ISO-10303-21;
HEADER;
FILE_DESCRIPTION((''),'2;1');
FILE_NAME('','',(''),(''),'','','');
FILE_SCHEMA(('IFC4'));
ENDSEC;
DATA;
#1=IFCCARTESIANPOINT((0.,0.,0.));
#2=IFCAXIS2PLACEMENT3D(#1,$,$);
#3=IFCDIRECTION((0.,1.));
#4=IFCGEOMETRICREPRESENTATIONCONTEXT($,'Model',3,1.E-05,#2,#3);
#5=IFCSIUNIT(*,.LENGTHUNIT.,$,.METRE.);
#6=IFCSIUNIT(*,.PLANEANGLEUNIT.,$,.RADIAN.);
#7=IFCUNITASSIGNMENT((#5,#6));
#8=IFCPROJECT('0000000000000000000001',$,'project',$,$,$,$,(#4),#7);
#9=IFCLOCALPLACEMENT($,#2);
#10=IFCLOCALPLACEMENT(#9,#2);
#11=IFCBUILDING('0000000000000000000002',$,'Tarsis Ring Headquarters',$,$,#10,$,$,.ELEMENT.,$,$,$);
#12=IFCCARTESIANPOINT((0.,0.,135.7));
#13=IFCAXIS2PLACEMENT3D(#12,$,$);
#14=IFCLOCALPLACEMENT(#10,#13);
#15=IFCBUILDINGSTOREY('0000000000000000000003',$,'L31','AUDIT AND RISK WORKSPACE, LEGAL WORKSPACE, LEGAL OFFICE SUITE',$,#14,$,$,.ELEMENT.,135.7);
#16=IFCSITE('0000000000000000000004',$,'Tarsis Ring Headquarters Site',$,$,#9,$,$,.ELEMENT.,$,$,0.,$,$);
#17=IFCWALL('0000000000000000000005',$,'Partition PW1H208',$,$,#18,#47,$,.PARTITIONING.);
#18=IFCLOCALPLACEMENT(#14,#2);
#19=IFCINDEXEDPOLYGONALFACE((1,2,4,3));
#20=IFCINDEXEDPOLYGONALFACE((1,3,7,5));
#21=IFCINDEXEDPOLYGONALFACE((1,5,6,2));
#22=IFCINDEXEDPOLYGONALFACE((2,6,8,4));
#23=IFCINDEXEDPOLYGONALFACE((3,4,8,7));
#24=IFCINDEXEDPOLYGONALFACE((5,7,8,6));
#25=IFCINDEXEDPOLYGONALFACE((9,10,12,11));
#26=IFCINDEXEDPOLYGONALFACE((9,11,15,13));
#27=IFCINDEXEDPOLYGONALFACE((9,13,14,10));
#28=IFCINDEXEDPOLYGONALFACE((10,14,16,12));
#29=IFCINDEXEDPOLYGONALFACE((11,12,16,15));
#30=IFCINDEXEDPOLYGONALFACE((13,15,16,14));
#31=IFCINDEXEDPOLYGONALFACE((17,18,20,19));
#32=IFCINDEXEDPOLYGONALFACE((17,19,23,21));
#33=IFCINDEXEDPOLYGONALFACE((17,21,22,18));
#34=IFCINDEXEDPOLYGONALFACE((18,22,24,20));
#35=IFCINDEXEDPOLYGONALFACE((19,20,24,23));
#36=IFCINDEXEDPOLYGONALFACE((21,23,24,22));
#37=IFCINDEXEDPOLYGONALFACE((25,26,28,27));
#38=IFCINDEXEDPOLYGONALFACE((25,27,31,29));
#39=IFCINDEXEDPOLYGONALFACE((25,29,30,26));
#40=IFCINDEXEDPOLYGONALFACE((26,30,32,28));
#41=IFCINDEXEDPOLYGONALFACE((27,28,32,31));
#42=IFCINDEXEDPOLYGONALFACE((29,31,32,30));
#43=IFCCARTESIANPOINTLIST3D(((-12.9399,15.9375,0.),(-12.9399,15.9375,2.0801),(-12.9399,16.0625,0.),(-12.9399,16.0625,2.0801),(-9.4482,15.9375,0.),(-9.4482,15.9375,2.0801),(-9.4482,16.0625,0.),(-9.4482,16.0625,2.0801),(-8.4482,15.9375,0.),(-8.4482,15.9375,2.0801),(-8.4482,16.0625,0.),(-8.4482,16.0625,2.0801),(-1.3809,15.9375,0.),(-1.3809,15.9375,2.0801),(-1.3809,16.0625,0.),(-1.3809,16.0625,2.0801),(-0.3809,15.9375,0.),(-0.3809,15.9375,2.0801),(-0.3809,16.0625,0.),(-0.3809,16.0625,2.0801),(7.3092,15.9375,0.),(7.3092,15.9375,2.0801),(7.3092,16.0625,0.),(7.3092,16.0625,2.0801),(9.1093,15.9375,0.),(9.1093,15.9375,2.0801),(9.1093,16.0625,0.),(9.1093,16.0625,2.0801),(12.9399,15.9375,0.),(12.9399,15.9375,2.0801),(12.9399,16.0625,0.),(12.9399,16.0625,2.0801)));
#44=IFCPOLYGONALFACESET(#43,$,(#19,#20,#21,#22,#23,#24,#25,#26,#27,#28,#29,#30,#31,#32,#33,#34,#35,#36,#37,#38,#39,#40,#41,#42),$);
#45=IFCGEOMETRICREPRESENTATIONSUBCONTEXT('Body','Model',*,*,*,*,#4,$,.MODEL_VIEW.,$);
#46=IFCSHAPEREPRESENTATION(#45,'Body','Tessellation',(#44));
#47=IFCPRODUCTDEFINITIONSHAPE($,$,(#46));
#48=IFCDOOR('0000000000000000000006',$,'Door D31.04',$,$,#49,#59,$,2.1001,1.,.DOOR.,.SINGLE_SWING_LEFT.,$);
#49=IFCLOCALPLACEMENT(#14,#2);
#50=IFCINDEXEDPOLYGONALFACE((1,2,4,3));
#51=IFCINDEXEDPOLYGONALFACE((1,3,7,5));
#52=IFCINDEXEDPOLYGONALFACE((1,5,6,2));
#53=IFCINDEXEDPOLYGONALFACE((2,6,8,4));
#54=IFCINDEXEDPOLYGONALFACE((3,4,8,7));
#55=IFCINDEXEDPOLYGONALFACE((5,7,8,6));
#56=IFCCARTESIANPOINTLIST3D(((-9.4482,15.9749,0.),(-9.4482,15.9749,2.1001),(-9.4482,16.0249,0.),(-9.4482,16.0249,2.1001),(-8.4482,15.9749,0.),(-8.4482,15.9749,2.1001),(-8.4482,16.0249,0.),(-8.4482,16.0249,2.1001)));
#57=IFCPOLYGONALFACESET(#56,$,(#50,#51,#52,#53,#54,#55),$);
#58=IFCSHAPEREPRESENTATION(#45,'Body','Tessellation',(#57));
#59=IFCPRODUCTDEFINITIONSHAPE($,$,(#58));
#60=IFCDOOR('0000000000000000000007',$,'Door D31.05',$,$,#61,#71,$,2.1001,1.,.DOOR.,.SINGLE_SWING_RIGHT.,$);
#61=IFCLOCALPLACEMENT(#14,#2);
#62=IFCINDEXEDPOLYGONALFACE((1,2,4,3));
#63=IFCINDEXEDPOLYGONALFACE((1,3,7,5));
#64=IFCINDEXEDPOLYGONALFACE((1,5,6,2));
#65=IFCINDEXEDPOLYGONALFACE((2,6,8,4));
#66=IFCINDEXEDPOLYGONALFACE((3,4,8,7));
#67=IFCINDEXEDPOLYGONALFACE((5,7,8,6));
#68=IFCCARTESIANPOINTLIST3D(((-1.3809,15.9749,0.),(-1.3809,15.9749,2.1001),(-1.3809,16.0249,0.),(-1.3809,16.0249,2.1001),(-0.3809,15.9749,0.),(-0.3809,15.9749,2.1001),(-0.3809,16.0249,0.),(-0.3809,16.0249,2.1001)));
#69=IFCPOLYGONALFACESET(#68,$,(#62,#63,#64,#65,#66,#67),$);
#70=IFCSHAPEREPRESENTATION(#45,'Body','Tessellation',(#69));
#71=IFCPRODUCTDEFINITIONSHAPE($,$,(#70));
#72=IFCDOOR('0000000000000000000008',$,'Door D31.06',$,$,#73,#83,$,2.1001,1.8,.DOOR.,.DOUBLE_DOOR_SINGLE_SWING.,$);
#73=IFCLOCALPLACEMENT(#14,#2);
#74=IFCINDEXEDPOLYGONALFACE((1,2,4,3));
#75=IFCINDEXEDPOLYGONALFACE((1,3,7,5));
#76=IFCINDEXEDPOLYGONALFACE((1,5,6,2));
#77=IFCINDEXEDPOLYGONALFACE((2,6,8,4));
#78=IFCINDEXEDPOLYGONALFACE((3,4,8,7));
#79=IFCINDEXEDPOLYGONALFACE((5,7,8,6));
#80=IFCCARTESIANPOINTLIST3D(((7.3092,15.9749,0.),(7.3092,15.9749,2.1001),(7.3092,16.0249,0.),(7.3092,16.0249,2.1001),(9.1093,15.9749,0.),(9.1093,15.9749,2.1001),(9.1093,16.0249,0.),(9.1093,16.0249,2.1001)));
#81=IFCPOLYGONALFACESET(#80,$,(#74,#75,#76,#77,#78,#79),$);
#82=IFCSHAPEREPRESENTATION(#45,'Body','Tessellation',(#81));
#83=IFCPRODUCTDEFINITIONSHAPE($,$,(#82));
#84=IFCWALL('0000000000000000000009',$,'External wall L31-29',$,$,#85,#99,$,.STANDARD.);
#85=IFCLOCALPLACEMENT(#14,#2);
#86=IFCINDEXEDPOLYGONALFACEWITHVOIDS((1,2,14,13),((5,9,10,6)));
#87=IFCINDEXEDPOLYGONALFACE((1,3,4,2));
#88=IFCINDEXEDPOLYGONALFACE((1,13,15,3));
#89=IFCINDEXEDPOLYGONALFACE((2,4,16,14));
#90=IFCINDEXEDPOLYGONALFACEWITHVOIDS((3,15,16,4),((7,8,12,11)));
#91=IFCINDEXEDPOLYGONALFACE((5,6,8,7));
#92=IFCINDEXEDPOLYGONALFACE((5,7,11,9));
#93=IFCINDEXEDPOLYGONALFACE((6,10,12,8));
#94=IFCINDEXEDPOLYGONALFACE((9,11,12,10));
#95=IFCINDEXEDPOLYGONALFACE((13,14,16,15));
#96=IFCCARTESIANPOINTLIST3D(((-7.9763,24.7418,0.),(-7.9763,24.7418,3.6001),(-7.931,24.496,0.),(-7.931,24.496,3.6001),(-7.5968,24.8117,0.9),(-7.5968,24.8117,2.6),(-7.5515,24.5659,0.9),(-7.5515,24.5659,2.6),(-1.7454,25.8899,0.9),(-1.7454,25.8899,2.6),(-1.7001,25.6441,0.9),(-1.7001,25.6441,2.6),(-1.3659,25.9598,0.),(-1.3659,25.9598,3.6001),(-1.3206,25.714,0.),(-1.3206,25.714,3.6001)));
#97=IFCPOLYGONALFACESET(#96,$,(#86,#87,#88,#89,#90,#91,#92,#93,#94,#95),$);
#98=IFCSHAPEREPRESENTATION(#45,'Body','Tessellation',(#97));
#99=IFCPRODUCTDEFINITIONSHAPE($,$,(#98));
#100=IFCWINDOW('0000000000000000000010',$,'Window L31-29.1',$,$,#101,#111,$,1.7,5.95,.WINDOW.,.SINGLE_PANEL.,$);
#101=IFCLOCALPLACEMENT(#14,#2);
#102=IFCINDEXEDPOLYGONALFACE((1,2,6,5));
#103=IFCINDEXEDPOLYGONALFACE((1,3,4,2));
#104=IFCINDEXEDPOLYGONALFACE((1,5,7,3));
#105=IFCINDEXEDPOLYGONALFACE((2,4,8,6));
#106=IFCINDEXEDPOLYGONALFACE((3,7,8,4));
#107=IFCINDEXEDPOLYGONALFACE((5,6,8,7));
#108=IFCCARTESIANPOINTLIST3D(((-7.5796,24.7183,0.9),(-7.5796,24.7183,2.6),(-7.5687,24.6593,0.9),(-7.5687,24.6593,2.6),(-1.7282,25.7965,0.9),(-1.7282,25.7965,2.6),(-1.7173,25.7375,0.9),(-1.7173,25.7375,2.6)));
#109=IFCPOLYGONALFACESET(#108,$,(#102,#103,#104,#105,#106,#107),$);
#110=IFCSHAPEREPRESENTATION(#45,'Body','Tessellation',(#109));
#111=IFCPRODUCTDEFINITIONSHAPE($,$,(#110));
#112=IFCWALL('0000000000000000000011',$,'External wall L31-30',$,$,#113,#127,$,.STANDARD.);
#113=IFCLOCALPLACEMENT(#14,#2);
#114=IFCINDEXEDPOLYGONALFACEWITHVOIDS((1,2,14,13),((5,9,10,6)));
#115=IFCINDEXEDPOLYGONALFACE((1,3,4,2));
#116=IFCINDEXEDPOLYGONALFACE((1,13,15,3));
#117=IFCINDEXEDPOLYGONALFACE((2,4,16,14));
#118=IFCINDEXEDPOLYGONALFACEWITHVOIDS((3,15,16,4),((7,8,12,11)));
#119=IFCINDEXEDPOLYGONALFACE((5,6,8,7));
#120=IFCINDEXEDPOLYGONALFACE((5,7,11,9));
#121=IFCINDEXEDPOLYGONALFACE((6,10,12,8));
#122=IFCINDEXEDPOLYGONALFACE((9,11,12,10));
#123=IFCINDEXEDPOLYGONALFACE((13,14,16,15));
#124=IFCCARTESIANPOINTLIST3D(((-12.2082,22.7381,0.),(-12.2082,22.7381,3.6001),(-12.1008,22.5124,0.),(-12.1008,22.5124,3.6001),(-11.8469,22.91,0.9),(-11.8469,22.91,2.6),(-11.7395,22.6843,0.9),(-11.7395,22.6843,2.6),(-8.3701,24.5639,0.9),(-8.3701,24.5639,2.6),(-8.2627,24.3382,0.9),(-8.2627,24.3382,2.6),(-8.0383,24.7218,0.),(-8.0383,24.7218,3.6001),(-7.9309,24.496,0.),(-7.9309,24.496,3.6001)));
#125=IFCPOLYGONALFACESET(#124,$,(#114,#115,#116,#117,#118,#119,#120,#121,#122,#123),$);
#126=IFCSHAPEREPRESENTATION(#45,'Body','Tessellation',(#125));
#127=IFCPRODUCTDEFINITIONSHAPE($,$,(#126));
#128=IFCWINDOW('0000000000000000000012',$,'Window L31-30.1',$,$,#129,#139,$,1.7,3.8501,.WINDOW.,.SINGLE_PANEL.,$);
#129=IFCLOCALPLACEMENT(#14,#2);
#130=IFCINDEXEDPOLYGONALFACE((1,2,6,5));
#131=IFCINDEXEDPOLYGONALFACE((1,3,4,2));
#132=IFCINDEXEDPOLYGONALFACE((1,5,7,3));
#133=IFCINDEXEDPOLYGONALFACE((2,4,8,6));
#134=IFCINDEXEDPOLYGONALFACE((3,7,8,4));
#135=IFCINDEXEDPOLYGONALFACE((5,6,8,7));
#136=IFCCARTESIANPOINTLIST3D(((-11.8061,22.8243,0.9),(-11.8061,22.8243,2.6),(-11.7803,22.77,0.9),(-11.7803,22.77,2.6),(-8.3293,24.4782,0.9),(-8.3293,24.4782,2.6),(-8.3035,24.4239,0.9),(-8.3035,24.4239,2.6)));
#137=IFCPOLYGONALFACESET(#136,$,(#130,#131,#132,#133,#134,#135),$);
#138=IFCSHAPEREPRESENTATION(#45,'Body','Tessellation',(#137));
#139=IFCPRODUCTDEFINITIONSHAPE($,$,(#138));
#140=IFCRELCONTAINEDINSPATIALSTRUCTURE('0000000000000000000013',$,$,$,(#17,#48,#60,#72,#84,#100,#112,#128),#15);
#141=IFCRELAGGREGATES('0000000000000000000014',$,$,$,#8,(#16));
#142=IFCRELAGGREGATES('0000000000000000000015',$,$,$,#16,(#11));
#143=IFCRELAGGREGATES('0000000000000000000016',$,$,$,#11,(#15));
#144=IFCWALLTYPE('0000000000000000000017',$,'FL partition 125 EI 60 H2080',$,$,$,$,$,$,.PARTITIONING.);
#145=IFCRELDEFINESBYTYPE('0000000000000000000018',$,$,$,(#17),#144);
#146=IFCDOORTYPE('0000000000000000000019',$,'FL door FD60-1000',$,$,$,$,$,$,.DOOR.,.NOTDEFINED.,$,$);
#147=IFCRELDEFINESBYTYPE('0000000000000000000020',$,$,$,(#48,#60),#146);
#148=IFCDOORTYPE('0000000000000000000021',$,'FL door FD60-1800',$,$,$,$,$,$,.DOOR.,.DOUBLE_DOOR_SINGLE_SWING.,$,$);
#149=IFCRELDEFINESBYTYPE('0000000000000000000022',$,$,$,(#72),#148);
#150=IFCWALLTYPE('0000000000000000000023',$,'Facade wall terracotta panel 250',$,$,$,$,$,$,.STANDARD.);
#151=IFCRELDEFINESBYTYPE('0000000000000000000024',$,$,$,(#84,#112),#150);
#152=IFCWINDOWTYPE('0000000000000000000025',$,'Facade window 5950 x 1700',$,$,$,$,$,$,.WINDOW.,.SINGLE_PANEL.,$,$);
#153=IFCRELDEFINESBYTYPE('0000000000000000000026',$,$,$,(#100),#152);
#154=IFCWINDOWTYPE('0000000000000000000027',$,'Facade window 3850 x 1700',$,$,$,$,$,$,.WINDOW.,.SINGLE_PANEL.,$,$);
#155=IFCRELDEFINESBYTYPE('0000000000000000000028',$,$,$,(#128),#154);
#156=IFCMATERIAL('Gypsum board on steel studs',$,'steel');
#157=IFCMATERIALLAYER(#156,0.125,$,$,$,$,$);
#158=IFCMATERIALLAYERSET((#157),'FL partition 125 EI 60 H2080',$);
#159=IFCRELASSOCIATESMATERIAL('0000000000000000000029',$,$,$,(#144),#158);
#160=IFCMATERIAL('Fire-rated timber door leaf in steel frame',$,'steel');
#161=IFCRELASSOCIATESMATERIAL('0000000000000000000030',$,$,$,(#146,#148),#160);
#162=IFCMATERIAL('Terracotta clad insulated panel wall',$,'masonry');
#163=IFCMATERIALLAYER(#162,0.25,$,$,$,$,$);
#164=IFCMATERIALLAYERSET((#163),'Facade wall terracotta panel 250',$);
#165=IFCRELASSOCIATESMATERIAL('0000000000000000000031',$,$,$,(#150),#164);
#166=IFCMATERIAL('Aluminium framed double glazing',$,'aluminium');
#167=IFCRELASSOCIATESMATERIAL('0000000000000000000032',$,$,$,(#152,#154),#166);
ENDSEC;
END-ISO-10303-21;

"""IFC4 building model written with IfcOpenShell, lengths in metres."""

from ifc_helpers import new_model, si_unit, direction, frame, frame_2d, origin, place, context, subcontext, project, spatial, rectangle, extrude, material, layer, layer_set, type_object, element, fill, save


model = new_model("IFC4")

# Units and contexts
model_context = context("Model", 3, precision=1e-05, world=origin(), true_north=direction((0.0, 1.0)))
body_context = subcontext(model_context, "Body", "Model", "MODEL_VIEW")
ifc_project = project(units=[si_unit("LENGTHUNIT", "METRE"), si_unit("PLANEANGLEUNIT", "RADIAN")], contexts=[model_context])

# Site, building, storey
site_placement = place(None, origin())
site = spatial("IfcSite", under=ifc_project, at=site_placement, Name="Tarsis Ring Headquarters Site", CompositionType="ELEMENT", RefElevation=0.0)
building_placement = place(site_placement, origin())
building = spatial("IfcBuilding", under=site, at=building_placement, Name="Tarsis Ring Headquarters", CompositionType="ELEMENT")
storey_placement = place(building_placement, frame((0.0, 0.0, 135.7)))
storey = spatial("IfcBuildingStorey", under=building, at=storey_placement, Name="L31", Description="AUDIT AND RISK WORKSPACE, LEGAL WORKSPACE, LEGAL OFFICE SUITE", CompositionType="ELEMENT", Elevation=135.7)

# Shared definitions
ifc_material_1 = material(Name="Gypsum board on steel studs", Category="steel")

# Wall, openings, doors
ifc_layer_1 = layer(ifc_material_1, 0.125)
ifc_layer_set_1 = layer_set([ifc_layer_1], Name="FL partition 125 EI 60 H2080")
wall_type_1 = type_object("IfcWallType", Name="FL partition 125 EI 60 H2080", PredefinedType="PARTITIONING", material=ifc_layer_set_1)
wall_1_placement = place(storey_placement, frame((-12.9399, 16.0, 0.0), z_axis=(0.0, 0.0, 1.0), x_axis=(1.0, 0.0, 0.0)))
wall_1 = element("IfcWall", 1, at=wall_1_placement, inside=storey, type_object=wall_type_1, Name="Partition PW1H208", PredefinedType="PARTITIONING", context=body_context, shape_type="SweptSolid", body=[
    extrude(rectangle(XDim=25.8799, YDim=0.125, at=frame_2d((12.9399, 0.0))), origin(), (0.0, 0.0, 1.0), 2.0801),
])
opening_1_placement = place(wall_1_placement, frame((3.4917, 0.0, 0.0)))
opening_1 = element("IfcOpeningElement", 2, at=opening_1_placement, cuts=wall_1, PredefinedType="OPENING", context=body_context, shape_type="SweptSolid", body=[
    extrude(rectangle(XDim=1.0, YDim=2.1001, at=frame_2d((0.5, 1.05))), frame((0.0, 0.0725, 0.0), z_axis=(0.0, -1.0, 0.0), x_axis=(1.0, 0.0, 0.0)), (0.0, 0.0, 1.0), 0.145),
])
opening_2_placement = place(wall_1_placement, frame((11.5591, 0.0, 0.0)))
opening_2 = element("IfcOpeningElement", 3, at=opening_2_placement, cuts=wall_1, PredefinedType="OPENING", context=body_context, shape_type="SweptSolid", body=[
    extrude(rectangle(XDim=1.0, YDim=2.1001, at=frame_2d((0.5, 1.05))), frame((0.0, 0.0725, 0.0), z_axis=(0.0, -1.0, 0.0), x_axis=(1.0, 0.0, 0.0)), (0.0, 0.0, 1.0), 0.145),
])
opening_3_placement = place(wall_1_placement, frame((20.2493, 0.0, 0.0)))
opening_3 = element("IfcOpeningElement", 4, at=opening_3_placement, cuts=wall_1, PredefinedType="OPENING", context=body_context, shape_type="SweptSolid", body=[
    extrude(rectangle(XDim=1.8, YDim=2.1001, at=frame_2d((0.8999, 1.05))), frame((0.0, 0.0725, 0.0), z_axis=(0.0, -1.0, 0.0), x_axis=(1.0, 0.0, 0.0)), (0.0, 0.0, 1.0), 0.145),
])
ifc_material_2 = material(Name="Fire-rated timber door leaf in steel frame", Category="steel")
door_type_1 = type_object("IfcDoorType", Name="FL door FD60-1000", OperationType="NOTDEFINED", PredefinedType="DOOR", material=ifc_material_2)
door_1_placement = place(opening_1_placement, origin())
door_1 = element("IfcDoor", 5, at=door_1_placement, inside=storey, type_object=door_type_1, Name="Door D31.04", OperationType="SINGLE_SWING_LEFT", OverallHeight=2.1001, OverallWidth=1.0, PredefinedType="DOOR", context=body_context, shape_type="SweptSolid", body=[
    extrude(rectangle(XDim=1.0, YDim=2.1001, at=frame_2d((0.5, 1.05))), frame((0.0, 0.0249, 0.0), z_axis=(0.0, -1.0, 0.0), x_axis=(1.0, 0.0, 0.0)), (0.0, 0.0, 1.0), 0.05),
])
fill(opening_1, door_1)
door_2_placement = place(opening_2_placement, origin())
door_2 = element("IfcDoor", 6, at=door_2_placement, inside=storey, type_object=door_type_1, Name="Door D31.05", OperationType="SINGLE_SWING_RIGHT", OverallHeight=2.1001, OverallWidth=1.0, PredefinedType="DOOR", context=body_context, shape_type="SweptSolid", body=[
    extrude(rectangle(XDim=1.0, YDim=2.1001, at=frame_2d((0.5, 1.05))), frame((0.0, 0.0249, 0.0), z_axis=(0.0, -1.0, 0.0), x_axis=(1.0, 0.0, 0.0)), (0.0, 0.0, 1.0), 0.05),
])
fill(opening_2, door_2)
door_type_2 = type_object("IfcDoorType", Name="FL door FD60-1800", OperationType="DOUBLE_DOOR_SINGLE_SWING", PredefinedType="DOOR", material=ifc_material_2)
door_3_placement = place(opening_3_placement, origin())
door_3 = element("IfcDoor", 7, at=door_3_placement, inside=storey, type_object=door_type_2, Name="Door D31.06", OperationType="DOUBLE_DOOR_SINGLE_SWING", OverallHeight=2.1001, OverallWidth=1.8, PredefinedType="DOOR", context=body_context, shape_type="SweptSolid", body=[
    extrude(rectangle(XDim=1.8, YDim=2.1001, at=frame_2d((0.8999, 1.05))), frame((0.0, 0.0249, 0.0), z_axis=(0.0, -1.0, 0.0), x_axis=(1.0, 0.0, 0.0)), (0.0, 0.0, 1.0), 0.05),
])
fill(opening_3, door_3)

# Walls, openings, windows
ifc_material_3 = material(Name="Terracotta clad insulated panel wall", Category="masonry")
ifc_layer_2 = layer(ifc_material_3, 0.25)
ifc_layer_set_2 = layer_set([ifc_layer_2], Name="Facade wall terracotta panel 250")
wall_type_2 = type_object("IfcWallType", Name="Facade wall terracotta panel 250", PredefinedType="STANDARD", material=ifc_layer_set_2)
wall_2_placement = place(storey_placement, frame((-1.3433, 25.8369, 0.0), z_axis=(0.0, 0.0, 1.0), x_axis=(-0.983445, -0.181209, 0.0)))
wall_2 = element("IfcWall", 8, at=wall_2_placement, inside=storey, type_object=wall_type_2, Name="External wall L31-29", PredefinedType="STANDARD", context=body_context, shape_type="SweptSolid", body=[
    extrude(rectangle(XDim=6.7217, YDim=0.25, at=frame_2d((3.3608, 0.0))), origin(), (0.0, 0.0, 1.0), 3.6001),
])
opening_4_placement = place(wall_2_placement, frame((0.3857, 0.0, 0.8999)))
opening_4 = element("IfcOpeningElement", 9, at=opening_4_placement, cuts=wall_2, PredefinedType="OPENING", context=body_context, shape_type="SweptSolid", body=[
    extrude(rectangle(XDim=5.95, YDim=1.7, at=frame_2d((2.9751, 0.8501))), frame((0.0, 0.135, 0.0), z_axis=(0.0, -1.0, 0.0), x_axis=(1.0, 0.0, 0.0)), (0.0, 0.0, 1.0), 0.27),
])
ifc_material_4 = material(Name="Aluminium framed double glazing", Category="aluminium")
window_type_1 = type_object("IfcWindowType", Name="Facade window 5950 x 1700", PartitioningType="SINGLE_PANEL", PredefinedType="WINDOW", material=ifc_material_4)
window_1_placement = place(opening_4_placement, origin())
window_1 = element("IfcWindow", 10, at=window_1_placement, inside=storey, type_object=window_type_1, Name="Window L31-29.1", OverallHeight=1.7, OverallWidth=5.95, PartitioningType="SINGLE_PANEL", PredefinedType="WINDOW", context=body_context, shape_type="SweptSolid", body=[
    extrude(rectangle(XDim=5.95, YDim=1.7, at=frame_2d((2.9751, 0.8501))), frame((0.0, 0.03, 0.0), z_axis=(0.0, -1.0, 0.0), x_axis=(1.0, 0.0, 0.0)), (0.0, 0.0, 1.0), 0.0601),
])
fill(opening_4, window_1)
wall_3_placement = place(storey_placement, frame((-7.9846, 24.6089, 0.0), z_axis=(0.0, 0.0, 1.0), x_axis=(-0.903031, -0.429574, 0.0)))
wall_3 = element("IfcWall", 11, at=wall_3_placement, inside=storey, type_object=wall_type_2, Name="External wall L31-30", PredefinedType="STANDARD", context=body_context, shape_type="SweptSolid", body=[
    extrude(rectangle(XDim=4.6177, YDim=0.25, at=frame_2d((2.3088, 0.0))), origin(), (0.0, 0.0, 1.0), 3.6001),
])
opening_5_placement = place(wall_3_placement, frame((0.3674, 0.0, 0.8999)))
opening_5 = element("IfcOpeningElement", 12, at=opening_5_placement, cuts=wall_3, PredefinedType="OPENING", context=body_context, shape_type="SweptSolid", body=[
    extrude(rectangle(XDim=3.8501, YDim=1.7, at=frame_2d((1.925, 0.8501))), frame((0.0, 0.135, 0.0), z_axis=(0.0, -1.0, 0.0), x_axis=(1.0, 0.0, 0.0)), (0.0, 0.0, 1.0), 0.27),
])
window_type_2 = type_object("IfcWindowType", Name="Facade window 3850 x 1700", PartitioningType="SINGLE_PANEL", PredefinedType="WINDOW", material=ifc_material_4)
window_2_placement = place(opening_5_placement, origin())
window_2 = element("IfcWindow", 13, at=window_2_placement, inside=storey, type_object=window_type_2, Name="Window L31-30.1", OverallHeight=1.7, OverallWidth=3.8501, PartitioningType="SINGLE_PANEL", PredefinedType="WINDOW", context=body_context, shape_type="SweptSolid", body=[
    extrude(rectangle(XDim=3.8501, YDim=1.7, at=frame_2d((1.925, 0.8501))), frame((0.0, 0.03, 0.0), z_axis=(0.0, -1.0, 0.0), x_axis=(1.0, 0.0, 0.0)), (0.0, 0.0, 1.0), 0.0601),
])
fill(opening_5, window_2)

save(model, "model.ifc")
